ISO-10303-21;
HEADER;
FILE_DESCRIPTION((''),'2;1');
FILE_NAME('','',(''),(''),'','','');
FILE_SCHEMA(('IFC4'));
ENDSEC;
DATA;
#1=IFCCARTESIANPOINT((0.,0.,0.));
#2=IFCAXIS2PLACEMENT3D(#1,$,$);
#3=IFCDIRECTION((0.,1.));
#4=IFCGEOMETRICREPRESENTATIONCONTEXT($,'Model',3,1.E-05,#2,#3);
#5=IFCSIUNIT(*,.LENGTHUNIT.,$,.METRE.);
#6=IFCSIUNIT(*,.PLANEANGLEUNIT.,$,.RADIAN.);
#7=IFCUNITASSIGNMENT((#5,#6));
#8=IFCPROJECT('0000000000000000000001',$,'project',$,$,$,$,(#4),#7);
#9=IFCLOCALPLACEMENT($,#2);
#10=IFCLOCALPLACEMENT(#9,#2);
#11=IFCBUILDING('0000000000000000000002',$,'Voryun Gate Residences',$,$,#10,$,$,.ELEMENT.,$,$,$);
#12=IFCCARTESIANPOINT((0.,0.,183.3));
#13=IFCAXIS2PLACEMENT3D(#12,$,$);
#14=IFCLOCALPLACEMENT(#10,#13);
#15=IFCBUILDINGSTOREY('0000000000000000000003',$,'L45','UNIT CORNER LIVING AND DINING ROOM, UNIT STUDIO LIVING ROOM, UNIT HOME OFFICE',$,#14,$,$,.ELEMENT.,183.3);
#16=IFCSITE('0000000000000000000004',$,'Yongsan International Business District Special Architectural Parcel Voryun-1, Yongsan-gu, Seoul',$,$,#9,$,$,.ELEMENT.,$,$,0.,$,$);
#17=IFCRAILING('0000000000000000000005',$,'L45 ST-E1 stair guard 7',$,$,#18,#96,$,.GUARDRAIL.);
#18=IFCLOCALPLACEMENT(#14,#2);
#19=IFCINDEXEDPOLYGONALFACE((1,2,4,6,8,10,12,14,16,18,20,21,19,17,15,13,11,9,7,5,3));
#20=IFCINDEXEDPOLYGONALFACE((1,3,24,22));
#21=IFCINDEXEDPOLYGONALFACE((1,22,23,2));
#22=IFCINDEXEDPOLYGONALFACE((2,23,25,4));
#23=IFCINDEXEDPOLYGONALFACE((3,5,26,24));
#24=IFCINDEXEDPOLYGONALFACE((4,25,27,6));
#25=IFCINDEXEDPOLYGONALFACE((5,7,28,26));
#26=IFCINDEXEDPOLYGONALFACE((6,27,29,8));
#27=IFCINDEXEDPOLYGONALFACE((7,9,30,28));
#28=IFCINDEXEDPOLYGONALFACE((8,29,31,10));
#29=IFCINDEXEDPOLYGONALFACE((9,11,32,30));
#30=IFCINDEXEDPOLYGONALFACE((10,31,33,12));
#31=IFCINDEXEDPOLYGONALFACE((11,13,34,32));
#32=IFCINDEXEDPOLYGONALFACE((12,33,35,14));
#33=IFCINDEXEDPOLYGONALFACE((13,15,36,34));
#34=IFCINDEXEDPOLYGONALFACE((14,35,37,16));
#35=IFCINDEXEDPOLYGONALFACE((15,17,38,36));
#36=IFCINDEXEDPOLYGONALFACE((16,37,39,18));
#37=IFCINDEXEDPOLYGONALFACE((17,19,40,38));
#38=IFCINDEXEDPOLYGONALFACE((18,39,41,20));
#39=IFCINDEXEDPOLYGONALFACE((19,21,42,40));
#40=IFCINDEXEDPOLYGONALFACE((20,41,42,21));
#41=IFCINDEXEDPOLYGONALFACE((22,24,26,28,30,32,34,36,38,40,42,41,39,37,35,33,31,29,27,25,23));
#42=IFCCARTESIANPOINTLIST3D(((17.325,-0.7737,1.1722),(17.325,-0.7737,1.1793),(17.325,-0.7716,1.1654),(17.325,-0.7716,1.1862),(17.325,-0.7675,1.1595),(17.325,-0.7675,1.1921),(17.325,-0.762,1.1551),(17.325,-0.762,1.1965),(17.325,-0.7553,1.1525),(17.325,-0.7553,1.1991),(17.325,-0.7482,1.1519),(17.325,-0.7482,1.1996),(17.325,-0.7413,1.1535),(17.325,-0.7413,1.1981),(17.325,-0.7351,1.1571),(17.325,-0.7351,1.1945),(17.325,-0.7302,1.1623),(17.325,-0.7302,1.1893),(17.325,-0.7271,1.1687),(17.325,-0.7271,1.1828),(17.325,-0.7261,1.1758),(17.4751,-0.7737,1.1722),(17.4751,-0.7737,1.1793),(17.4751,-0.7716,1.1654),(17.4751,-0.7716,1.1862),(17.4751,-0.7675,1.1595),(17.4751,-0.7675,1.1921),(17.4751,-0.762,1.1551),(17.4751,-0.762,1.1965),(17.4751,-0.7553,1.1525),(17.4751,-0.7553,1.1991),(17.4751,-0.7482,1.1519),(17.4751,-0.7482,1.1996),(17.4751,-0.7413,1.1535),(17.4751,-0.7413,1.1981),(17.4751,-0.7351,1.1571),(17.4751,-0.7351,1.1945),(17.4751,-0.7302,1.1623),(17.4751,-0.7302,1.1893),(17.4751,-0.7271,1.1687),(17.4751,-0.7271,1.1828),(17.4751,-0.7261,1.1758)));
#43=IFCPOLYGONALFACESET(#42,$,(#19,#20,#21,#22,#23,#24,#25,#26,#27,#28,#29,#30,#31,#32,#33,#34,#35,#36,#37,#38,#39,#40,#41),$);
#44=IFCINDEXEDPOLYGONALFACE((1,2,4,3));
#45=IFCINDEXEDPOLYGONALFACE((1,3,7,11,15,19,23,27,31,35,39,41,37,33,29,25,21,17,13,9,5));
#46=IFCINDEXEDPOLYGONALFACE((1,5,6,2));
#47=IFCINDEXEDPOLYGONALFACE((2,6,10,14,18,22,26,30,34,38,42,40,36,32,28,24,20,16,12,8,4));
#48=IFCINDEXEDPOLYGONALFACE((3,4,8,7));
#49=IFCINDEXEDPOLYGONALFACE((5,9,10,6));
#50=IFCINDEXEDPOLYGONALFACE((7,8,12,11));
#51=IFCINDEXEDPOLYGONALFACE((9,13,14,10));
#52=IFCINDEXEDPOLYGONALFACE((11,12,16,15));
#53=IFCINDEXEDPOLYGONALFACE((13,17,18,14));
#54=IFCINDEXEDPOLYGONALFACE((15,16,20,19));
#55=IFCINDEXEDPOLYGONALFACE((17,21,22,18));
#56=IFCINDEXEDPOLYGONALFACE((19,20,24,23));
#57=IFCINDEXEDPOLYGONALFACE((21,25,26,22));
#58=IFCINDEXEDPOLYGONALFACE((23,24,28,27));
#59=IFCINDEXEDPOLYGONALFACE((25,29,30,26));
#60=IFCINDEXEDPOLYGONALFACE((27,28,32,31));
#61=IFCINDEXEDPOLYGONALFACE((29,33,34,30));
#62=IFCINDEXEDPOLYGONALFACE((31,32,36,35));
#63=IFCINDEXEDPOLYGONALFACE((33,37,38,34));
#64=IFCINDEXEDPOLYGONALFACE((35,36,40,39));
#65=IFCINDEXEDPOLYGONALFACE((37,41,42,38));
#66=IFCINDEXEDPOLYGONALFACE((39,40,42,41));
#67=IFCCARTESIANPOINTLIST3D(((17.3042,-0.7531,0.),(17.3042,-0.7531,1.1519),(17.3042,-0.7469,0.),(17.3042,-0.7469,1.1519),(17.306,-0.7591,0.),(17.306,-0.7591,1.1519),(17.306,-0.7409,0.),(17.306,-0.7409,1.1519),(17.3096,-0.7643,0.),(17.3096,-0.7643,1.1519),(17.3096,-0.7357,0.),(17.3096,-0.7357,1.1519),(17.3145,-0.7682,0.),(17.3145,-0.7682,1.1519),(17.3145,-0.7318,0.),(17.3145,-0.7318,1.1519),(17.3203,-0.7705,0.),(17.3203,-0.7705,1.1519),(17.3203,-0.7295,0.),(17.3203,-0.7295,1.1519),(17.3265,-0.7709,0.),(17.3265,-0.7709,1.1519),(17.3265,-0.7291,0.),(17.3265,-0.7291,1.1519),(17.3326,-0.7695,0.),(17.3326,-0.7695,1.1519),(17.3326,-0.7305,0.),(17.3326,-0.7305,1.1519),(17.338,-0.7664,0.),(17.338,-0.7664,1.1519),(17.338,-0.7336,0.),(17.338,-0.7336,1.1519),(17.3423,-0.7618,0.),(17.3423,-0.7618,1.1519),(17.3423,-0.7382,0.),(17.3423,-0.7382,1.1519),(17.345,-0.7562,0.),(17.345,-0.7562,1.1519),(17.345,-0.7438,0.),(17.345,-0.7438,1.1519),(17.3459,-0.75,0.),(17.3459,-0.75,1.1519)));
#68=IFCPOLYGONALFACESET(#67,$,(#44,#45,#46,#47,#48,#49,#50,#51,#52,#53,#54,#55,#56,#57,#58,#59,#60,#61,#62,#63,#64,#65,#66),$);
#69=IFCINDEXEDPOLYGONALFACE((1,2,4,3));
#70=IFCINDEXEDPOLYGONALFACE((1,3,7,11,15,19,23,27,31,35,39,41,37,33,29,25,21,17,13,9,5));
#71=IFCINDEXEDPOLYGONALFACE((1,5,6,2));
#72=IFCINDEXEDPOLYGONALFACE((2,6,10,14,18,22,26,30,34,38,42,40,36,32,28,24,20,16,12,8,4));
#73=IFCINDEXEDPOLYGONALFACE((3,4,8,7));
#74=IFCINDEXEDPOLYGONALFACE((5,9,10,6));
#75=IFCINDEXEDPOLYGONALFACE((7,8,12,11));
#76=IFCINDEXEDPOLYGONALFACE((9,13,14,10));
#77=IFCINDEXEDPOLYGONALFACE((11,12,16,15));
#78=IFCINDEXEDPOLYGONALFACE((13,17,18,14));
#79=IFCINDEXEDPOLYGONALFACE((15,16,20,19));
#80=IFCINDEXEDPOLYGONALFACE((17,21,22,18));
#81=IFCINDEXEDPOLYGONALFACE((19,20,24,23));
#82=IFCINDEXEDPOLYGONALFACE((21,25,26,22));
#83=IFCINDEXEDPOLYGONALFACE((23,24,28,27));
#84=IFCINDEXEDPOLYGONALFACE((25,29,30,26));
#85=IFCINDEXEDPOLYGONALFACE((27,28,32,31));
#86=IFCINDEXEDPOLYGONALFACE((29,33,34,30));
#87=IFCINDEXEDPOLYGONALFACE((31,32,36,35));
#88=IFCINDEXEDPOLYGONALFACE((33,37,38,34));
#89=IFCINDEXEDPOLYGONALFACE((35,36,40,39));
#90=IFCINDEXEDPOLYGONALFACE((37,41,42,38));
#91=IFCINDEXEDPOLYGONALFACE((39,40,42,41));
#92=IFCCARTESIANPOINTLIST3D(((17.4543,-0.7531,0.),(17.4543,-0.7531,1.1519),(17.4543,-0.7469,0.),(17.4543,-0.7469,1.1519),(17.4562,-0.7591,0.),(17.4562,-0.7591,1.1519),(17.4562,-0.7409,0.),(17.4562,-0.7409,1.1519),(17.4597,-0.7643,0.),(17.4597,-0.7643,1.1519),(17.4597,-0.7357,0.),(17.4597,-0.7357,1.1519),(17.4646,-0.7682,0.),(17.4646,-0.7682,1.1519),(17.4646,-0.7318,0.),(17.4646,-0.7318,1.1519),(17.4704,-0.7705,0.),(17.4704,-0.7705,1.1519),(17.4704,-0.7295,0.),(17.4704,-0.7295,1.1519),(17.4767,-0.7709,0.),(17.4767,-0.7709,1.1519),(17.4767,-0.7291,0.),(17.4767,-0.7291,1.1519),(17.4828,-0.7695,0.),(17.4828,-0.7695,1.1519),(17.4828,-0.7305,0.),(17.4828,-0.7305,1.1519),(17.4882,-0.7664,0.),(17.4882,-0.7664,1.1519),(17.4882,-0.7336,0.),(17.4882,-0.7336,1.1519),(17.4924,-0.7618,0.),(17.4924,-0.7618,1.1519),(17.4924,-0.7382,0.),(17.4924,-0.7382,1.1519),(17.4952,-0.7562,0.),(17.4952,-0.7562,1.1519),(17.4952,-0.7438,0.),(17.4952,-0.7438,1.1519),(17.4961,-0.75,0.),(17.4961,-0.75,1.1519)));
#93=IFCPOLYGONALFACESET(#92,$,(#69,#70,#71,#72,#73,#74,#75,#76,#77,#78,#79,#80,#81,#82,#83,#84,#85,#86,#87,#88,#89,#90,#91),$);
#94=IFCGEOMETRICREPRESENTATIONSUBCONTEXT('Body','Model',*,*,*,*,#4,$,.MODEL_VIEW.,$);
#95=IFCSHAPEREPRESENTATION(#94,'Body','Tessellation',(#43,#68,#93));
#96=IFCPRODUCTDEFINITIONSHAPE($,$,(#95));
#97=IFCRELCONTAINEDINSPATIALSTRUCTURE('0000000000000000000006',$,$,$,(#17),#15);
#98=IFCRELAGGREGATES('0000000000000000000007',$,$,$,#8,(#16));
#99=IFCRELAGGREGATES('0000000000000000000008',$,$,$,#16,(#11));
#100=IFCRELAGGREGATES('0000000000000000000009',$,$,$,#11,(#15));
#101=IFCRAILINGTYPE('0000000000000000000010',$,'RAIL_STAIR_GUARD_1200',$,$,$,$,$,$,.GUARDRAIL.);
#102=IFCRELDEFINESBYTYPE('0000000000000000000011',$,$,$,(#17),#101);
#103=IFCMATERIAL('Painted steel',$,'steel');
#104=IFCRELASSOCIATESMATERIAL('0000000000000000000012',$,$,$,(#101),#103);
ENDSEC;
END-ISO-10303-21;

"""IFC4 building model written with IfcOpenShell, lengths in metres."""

from ifc_helpers import new_model, si_unit, direction, frame, origin, origin_2d, place, context, subcontext, project, spatial, circle, extrude, material, type_object, element, save


model = new_model("IFC4")

# Units and contexts
model_context = context("Model", 3, precision=1e-05, world=origin(), true_north=direction((0.0, 1.0)))
body_context = subcontext(model_context, "Body", "Model", "MODEL_VIEW")
ifc_project = project(units=[si_unit("LENGTHUNIT", "METRE"), si_unit("PLANEANGLEUNIT", "RADIAN")], contexts=[model_context])

# Site, building, storey
site_placement = place(None, origin())
site = spatial("IfcSite", under=ifc_project, at=site_placement, Name="Yongsan International Business District Special Architectural Parcel Voryun-1, Yongsan-gu, Seoul", CompositionType="ELEMENT", RefElevation=0.0)
building_placement = place(site_placement, origin())
building = spatial("IfcBuilding", under=site, at=building_placement, Name="Voryun Gate Residences", CompositionType="ELEMENT")
storey_placement = place(building_placement, frame((0.0, 0.0, 183.3)))
storey = spatial("IfcBuildingStorey", under=building, at=storey_placement, Name="L45", Description="UNIT CORNER LIVING AND DINING ROOM, UNIT STUDIO LIVING ROOM, UNIT HOME OFFICE", CompositionType="ELEMENT", Elevation=183.3)

# Railing
ifc_material_1 = material(Name="Painted steel", Category="steel")
railing_type_1 = type_object("IfcRailingType", Name="RAIL_STAIR_GUARD_1200", PredefinedType="GUARDRAIL", material=ifc_material_1)
railing_1_placement = place(storey_placement, frame((17.325, -0.75, 0.0)))
element("IfcRailing", 1, at=railing_1_placement, inside=storey, type_object=railing_type_1, Name="L45 ST-E1 stair guard 7", PredefinedType="GUARDRAIL", context=body_context, shape_type="SweptSolid", body=[
    extrude(circle(Radius=0.0239, at=origin_2d()), frame((0.0, 0.0, 1.1758), z_axis=(1.0, 0.0, 0.0), x_axis=(0.0, 1.0, 0.0)), (0.0, 0.0, 1.0), 0.1501),
    extrude(circle(Radius=0.021, at=origin_2d()), origin(), (0.0, 0.0, 1.0), 1.1519),
    extrude(circle(Radius=0.021, at=origin_2d()), frame((0.1501, 0.0, 0.0)), (0.0, 0.0, 1.0), 1.1519),
])

save(model, "model.ifc")
